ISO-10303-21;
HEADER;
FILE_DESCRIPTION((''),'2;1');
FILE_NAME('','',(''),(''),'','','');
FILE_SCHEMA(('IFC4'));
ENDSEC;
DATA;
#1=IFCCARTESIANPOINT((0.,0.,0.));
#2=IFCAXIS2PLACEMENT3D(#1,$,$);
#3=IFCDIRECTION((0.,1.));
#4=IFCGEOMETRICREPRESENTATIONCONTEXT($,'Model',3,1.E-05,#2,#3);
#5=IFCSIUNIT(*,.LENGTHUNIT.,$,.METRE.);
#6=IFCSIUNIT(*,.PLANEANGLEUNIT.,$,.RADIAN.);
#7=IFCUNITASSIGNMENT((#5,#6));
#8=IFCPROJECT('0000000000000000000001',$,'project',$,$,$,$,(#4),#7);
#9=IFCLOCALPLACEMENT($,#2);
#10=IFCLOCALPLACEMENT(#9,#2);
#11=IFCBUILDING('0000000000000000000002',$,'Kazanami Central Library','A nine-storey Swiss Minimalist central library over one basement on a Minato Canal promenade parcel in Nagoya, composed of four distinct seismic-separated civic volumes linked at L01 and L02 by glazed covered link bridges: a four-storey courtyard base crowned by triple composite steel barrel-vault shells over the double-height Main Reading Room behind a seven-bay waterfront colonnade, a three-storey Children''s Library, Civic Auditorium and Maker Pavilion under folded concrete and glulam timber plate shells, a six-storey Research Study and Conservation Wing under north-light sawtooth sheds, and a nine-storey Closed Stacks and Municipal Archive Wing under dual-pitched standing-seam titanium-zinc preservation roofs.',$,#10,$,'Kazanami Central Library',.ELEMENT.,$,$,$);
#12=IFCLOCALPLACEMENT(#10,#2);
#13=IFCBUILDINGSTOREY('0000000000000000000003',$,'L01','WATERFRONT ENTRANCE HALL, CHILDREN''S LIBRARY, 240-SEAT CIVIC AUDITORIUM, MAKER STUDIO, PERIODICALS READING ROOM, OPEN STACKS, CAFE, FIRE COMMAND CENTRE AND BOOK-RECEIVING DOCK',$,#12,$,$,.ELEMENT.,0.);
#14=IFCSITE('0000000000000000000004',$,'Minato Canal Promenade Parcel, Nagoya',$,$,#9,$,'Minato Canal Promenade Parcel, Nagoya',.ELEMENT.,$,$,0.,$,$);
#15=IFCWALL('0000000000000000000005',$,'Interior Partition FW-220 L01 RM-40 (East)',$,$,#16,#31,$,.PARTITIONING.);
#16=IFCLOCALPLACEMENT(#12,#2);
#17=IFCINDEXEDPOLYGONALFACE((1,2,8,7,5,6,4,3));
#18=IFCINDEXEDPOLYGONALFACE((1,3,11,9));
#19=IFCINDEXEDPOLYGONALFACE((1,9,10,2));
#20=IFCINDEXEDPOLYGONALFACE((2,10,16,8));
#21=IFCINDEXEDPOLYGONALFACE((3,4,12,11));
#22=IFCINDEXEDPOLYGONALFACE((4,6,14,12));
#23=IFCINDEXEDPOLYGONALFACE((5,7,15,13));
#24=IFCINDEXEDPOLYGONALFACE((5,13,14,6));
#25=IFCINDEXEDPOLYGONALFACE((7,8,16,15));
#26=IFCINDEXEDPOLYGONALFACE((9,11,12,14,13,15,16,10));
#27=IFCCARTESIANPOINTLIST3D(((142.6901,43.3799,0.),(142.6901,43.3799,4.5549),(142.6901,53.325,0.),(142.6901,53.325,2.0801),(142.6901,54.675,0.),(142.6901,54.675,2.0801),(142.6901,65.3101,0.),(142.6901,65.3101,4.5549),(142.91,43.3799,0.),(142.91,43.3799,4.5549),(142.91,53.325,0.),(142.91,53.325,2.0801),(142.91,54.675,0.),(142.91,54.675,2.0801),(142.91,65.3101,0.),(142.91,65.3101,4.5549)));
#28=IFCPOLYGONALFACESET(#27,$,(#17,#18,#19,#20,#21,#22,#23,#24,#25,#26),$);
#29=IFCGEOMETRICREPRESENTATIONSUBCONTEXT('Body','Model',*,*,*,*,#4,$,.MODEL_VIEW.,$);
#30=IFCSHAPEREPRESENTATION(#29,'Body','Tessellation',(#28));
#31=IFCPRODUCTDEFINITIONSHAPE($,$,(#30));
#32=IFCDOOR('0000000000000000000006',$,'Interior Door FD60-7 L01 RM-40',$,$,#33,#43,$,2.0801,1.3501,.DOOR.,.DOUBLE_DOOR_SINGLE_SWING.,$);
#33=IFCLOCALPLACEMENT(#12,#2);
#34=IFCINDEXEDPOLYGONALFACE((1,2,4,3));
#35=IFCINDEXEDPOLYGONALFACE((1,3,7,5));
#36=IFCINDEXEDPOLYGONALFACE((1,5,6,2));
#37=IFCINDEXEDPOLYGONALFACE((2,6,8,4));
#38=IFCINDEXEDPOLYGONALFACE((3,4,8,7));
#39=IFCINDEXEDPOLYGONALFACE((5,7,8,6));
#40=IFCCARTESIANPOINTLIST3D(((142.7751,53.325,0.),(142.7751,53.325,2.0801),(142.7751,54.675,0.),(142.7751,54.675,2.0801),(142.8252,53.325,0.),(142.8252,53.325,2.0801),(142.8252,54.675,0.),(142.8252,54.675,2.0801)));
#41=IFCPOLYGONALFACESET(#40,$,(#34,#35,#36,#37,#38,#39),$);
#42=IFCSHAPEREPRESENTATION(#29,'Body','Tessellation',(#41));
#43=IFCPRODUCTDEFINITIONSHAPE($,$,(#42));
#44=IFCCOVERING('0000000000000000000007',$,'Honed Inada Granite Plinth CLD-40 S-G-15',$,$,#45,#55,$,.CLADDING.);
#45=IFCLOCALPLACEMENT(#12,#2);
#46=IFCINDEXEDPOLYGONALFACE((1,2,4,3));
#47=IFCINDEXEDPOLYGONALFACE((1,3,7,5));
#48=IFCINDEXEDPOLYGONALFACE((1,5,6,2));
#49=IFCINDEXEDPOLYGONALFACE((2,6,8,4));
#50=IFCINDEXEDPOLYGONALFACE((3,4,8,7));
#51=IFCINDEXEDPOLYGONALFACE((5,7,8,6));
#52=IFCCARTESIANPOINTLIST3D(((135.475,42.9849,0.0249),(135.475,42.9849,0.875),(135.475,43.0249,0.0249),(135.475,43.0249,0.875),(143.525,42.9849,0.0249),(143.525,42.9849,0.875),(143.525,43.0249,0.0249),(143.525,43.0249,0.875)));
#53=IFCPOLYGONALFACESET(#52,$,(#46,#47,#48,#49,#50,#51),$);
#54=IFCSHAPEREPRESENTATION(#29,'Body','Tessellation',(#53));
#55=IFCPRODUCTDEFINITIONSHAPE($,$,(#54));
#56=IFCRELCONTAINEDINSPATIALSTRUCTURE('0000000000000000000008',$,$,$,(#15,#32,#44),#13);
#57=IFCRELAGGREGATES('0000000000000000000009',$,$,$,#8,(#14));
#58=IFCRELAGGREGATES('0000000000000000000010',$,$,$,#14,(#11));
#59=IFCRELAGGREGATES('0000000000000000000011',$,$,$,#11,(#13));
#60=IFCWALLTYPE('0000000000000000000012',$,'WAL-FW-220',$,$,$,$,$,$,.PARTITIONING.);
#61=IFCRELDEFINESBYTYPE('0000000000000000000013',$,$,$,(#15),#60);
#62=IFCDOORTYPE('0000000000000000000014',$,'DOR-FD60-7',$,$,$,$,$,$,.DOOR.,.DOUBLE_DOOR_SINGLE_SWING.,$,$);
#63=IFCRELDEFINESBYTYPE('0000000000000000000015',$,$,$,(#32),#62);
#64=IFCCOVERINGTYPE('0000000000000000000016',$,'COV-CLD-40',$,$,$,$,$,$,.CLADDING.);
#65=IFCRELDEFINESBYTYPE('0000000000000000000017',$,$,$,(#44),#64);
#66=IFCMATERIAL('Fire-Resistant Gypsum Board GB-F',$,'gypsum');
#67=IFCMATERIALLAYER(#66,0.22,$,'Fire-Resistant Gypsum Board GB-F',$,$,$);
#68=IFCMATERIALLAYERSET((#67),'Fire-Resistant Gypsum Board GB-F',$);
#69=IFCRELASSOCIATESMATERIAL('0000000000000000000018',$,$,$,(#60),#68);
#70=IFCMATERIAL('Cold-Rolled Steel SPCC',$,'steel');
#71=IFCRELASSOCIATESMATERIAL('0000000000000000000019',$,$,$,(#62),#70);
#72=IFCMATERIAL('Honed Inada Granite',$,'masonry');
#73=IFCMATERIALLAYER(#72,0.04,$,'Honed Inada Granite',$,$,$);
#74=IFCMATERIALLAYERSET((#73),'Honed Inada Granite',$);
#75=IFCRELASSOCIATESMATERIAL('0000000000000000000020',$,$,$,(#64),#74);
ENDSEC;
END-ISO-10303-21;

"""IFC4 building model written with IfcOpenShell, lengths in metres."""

from ifc_helpers import new_model, si_unit, direction, frame, frame_2d, origin, origin_2d, place, context, subcontext, project, spatial, rectangle, extrude, material, layer, layer_set, type_object, element, fill, save


model = new_model("IFC4")

# Units and contexts
model_context = context("Model", 3, precision=1e-05, world=origin(), true_north=direction((0.0, 1.0)))
body_context = subcontext(model_context, "Body", "Model", "MODEL_VIEW")
ifc_project = project(units=[si_unit("LENGTHUNIT", "METRE"), si_unit("PLANEANGLEUNIT", "RADIAN")], contexts=[model_context])

# Site, building, storey
site_placement = place(None, origin())
site = spatial("IfcSite", under=ifc_project, at=site_placement, Name="Minato Canal Promenade Parcel, Nagoya", LongName="Minato Canal Promenade Parcel, Nagoya", CompositionType="ELEMENT", RefElevation=0.0)
building_placement = place(site_placement, origin())
building = spatial("IfcBuilding", under=site, at=building_placement, Name="Kazanami Central Library", Description="A nine-storey Swiss Minimalist central library over one basement on a Minato Canal promenade parcel in Nagoya, composed of four distinct seismic-separated civic volumes linked at L01 and L02 by glazed covered link bridges: a four-storey courtyard base crowned by triple composite steel barrel-vault shells over the double-height Main Reading Room behind a seven-bay waterfront colonnade, a three-storey Children's Library, Civic Auditorium and Maker Pavilion under folded concrete and glulam timber plate shells, a six-storey Research Study and Conservation Wing under north-light sawtooth sheds, and a nine-storey Closed Stacks and Municipal Archive Wing under dual-pitched standing-seam titanium-zinc preservation roofs.", LongName="Kazanami Central Library", CompositionType="ELEMENT")
storey_placement = place(building_placement, origin())
storey = spatial("IfcBuildingStorey", under=building, at=storey_placement, Name="L01", Description="WATERFRONT ENTRANCE HALL, CHILDREN'S LIBRARY, 240-SEAT CIVIC AUDITORIUM, MAKER STUDIO, PERIODICALS READING ROOM, OPEN STACKS, CAFE, FIRE COMMAND CENTRE AND BOOK-RECEIVING DOCK", CompositionType="ELEMENT", Elevation=0.0)

# Shared definitions
ifc_material_1 = material(Name="Honed Inada Granite", Category="masonry")

# Wall, opening, door
ifc_material_2 = material(Name="Fire-Resistant Gypsum Board GB-F", Category="gypsum")
ifc_layer_1 = layer(ifc_material_2, 0.22, Name="Fire-Resistant Gypsum Board GB-F")
ifc_layer_set_1 = layer_set([ifc_layer_1], Name="Fire-Resistant Gypsum Board GB-F")
wall_type_1 = type_object("IfcWallType", Name="WAL-FW-220", PredefinedType="PARTITIONING", material=ifc_layer_set_1)
wall_1_placement = place(storey_placement, frame((142.8, 43.3799, 0.0), z_axis=(0.0, 0.0, 1.0), x_axis=(0.0, 1.0, 0.0)))
wall_1 = element("IfcWall", 1, at=wall_1_placement, inside=storey, type_object=wall_type_1, Name="Interior Partition FW-220 L01 RM-40 (East)", PredefinedType="PARTITIONING", context=body_context, shape_type="SweptSolid", body=[
    extrude(rectangle(XDim=21.9302, YDim=0.22, at=frame_2d((10.9651, 0.0))), origin(), (0.0, 0.0, 1.0), 4.5549),
])
opening_1_placement = place(wall_1_placement, frame((9.9451, 0.0, 0.0)))
opening_1 = element("IfcOpeningElement", 2, at=opening_1_placement, cuts=wall_1, PredefinedType="OPENING", context=body_context, shape_type="SweptSolid", body=[
    extrude(rectangle(XDim=1.3501, YDim=2.0801, at=frame_2d((0.675, 1.04))), frame((0.0, 0.1221, 0.0), z_axis=(0.0, -1.0, 0.0), x_axis=(1.0, 0.0, 0.0)), (0.0, 0.0, 1.0), 0.2439),
])
ifc_material_3 = material(Name="Cold-Rolled Steel SPCC", Category="steel")
door_type_1 = type_object("IfcDoorType", Name="DOR-FD60-7", OperationType="DOUBLE_DOOR_SINGLE_SWING", PredefinedType="DOOR", material=ifc_material_3)
door_1_placement = place(opening_1_placement, origin())
door_1 = element("IfcDoor", 3, at=door_1_placement, inside=storey, type_object=door_type_1, Name="Interior Door FD60-7 L01 RM-40", OperationType="DOUBLE_DOOR_SINGLE_SWING", OverallHeight=2.0801, OverallWidth=1.3501, PredefinedType="DOOR", context=body_context, shape_type="SweptSolid", body=[
    extrude(rectangle(XDim=1.3501, YDim=2.0801, at=frame_2d((0.675, 1.04))), frame((0.0, 0.0249, 0.0), z_axis=(0.0, -1.0, 0.0), x_axis=(1.0, 0.0, 0.0)), (0.0, 0.0, 1.0), 0.05),
])
fill(opening_1, door_1)

# Covering
ifc_layer_2 = layer(ifc_material_1, 0.04, Name="Honed Inada Granite")
ifc_layer_set_2 = layer_set([ifc_layer_2], Name="Honed Inada Granite")
covering_type = type_object("IfcCoveringType", Name="COV-CLD-40", PredefinedType="CLADDING", material=ifc_layer_set_2)
covering_placement = place(storey_placement, frame((139.5, 43.0049, 0.0249), z_axis=(0.0, 0.0, 1.0), x_axis=(1.0, 0.0, 0.0)))
element("IfcCovering", 4, at=covering_placement, inside=storey, type_object=covering_type, Name="Honed Inada Granite Plinth CLD-40 S-G-15", PredefinedType="CLADDING", context=body_context, shape_type="SweptSolid", body=[
    extrude(rectangle(XDim=8.05, YDim=0.04, at=origin_2d()), origin(), (0.0, 0.0, 1.0), 0.8501),
])

save(model, "model.ifc")
